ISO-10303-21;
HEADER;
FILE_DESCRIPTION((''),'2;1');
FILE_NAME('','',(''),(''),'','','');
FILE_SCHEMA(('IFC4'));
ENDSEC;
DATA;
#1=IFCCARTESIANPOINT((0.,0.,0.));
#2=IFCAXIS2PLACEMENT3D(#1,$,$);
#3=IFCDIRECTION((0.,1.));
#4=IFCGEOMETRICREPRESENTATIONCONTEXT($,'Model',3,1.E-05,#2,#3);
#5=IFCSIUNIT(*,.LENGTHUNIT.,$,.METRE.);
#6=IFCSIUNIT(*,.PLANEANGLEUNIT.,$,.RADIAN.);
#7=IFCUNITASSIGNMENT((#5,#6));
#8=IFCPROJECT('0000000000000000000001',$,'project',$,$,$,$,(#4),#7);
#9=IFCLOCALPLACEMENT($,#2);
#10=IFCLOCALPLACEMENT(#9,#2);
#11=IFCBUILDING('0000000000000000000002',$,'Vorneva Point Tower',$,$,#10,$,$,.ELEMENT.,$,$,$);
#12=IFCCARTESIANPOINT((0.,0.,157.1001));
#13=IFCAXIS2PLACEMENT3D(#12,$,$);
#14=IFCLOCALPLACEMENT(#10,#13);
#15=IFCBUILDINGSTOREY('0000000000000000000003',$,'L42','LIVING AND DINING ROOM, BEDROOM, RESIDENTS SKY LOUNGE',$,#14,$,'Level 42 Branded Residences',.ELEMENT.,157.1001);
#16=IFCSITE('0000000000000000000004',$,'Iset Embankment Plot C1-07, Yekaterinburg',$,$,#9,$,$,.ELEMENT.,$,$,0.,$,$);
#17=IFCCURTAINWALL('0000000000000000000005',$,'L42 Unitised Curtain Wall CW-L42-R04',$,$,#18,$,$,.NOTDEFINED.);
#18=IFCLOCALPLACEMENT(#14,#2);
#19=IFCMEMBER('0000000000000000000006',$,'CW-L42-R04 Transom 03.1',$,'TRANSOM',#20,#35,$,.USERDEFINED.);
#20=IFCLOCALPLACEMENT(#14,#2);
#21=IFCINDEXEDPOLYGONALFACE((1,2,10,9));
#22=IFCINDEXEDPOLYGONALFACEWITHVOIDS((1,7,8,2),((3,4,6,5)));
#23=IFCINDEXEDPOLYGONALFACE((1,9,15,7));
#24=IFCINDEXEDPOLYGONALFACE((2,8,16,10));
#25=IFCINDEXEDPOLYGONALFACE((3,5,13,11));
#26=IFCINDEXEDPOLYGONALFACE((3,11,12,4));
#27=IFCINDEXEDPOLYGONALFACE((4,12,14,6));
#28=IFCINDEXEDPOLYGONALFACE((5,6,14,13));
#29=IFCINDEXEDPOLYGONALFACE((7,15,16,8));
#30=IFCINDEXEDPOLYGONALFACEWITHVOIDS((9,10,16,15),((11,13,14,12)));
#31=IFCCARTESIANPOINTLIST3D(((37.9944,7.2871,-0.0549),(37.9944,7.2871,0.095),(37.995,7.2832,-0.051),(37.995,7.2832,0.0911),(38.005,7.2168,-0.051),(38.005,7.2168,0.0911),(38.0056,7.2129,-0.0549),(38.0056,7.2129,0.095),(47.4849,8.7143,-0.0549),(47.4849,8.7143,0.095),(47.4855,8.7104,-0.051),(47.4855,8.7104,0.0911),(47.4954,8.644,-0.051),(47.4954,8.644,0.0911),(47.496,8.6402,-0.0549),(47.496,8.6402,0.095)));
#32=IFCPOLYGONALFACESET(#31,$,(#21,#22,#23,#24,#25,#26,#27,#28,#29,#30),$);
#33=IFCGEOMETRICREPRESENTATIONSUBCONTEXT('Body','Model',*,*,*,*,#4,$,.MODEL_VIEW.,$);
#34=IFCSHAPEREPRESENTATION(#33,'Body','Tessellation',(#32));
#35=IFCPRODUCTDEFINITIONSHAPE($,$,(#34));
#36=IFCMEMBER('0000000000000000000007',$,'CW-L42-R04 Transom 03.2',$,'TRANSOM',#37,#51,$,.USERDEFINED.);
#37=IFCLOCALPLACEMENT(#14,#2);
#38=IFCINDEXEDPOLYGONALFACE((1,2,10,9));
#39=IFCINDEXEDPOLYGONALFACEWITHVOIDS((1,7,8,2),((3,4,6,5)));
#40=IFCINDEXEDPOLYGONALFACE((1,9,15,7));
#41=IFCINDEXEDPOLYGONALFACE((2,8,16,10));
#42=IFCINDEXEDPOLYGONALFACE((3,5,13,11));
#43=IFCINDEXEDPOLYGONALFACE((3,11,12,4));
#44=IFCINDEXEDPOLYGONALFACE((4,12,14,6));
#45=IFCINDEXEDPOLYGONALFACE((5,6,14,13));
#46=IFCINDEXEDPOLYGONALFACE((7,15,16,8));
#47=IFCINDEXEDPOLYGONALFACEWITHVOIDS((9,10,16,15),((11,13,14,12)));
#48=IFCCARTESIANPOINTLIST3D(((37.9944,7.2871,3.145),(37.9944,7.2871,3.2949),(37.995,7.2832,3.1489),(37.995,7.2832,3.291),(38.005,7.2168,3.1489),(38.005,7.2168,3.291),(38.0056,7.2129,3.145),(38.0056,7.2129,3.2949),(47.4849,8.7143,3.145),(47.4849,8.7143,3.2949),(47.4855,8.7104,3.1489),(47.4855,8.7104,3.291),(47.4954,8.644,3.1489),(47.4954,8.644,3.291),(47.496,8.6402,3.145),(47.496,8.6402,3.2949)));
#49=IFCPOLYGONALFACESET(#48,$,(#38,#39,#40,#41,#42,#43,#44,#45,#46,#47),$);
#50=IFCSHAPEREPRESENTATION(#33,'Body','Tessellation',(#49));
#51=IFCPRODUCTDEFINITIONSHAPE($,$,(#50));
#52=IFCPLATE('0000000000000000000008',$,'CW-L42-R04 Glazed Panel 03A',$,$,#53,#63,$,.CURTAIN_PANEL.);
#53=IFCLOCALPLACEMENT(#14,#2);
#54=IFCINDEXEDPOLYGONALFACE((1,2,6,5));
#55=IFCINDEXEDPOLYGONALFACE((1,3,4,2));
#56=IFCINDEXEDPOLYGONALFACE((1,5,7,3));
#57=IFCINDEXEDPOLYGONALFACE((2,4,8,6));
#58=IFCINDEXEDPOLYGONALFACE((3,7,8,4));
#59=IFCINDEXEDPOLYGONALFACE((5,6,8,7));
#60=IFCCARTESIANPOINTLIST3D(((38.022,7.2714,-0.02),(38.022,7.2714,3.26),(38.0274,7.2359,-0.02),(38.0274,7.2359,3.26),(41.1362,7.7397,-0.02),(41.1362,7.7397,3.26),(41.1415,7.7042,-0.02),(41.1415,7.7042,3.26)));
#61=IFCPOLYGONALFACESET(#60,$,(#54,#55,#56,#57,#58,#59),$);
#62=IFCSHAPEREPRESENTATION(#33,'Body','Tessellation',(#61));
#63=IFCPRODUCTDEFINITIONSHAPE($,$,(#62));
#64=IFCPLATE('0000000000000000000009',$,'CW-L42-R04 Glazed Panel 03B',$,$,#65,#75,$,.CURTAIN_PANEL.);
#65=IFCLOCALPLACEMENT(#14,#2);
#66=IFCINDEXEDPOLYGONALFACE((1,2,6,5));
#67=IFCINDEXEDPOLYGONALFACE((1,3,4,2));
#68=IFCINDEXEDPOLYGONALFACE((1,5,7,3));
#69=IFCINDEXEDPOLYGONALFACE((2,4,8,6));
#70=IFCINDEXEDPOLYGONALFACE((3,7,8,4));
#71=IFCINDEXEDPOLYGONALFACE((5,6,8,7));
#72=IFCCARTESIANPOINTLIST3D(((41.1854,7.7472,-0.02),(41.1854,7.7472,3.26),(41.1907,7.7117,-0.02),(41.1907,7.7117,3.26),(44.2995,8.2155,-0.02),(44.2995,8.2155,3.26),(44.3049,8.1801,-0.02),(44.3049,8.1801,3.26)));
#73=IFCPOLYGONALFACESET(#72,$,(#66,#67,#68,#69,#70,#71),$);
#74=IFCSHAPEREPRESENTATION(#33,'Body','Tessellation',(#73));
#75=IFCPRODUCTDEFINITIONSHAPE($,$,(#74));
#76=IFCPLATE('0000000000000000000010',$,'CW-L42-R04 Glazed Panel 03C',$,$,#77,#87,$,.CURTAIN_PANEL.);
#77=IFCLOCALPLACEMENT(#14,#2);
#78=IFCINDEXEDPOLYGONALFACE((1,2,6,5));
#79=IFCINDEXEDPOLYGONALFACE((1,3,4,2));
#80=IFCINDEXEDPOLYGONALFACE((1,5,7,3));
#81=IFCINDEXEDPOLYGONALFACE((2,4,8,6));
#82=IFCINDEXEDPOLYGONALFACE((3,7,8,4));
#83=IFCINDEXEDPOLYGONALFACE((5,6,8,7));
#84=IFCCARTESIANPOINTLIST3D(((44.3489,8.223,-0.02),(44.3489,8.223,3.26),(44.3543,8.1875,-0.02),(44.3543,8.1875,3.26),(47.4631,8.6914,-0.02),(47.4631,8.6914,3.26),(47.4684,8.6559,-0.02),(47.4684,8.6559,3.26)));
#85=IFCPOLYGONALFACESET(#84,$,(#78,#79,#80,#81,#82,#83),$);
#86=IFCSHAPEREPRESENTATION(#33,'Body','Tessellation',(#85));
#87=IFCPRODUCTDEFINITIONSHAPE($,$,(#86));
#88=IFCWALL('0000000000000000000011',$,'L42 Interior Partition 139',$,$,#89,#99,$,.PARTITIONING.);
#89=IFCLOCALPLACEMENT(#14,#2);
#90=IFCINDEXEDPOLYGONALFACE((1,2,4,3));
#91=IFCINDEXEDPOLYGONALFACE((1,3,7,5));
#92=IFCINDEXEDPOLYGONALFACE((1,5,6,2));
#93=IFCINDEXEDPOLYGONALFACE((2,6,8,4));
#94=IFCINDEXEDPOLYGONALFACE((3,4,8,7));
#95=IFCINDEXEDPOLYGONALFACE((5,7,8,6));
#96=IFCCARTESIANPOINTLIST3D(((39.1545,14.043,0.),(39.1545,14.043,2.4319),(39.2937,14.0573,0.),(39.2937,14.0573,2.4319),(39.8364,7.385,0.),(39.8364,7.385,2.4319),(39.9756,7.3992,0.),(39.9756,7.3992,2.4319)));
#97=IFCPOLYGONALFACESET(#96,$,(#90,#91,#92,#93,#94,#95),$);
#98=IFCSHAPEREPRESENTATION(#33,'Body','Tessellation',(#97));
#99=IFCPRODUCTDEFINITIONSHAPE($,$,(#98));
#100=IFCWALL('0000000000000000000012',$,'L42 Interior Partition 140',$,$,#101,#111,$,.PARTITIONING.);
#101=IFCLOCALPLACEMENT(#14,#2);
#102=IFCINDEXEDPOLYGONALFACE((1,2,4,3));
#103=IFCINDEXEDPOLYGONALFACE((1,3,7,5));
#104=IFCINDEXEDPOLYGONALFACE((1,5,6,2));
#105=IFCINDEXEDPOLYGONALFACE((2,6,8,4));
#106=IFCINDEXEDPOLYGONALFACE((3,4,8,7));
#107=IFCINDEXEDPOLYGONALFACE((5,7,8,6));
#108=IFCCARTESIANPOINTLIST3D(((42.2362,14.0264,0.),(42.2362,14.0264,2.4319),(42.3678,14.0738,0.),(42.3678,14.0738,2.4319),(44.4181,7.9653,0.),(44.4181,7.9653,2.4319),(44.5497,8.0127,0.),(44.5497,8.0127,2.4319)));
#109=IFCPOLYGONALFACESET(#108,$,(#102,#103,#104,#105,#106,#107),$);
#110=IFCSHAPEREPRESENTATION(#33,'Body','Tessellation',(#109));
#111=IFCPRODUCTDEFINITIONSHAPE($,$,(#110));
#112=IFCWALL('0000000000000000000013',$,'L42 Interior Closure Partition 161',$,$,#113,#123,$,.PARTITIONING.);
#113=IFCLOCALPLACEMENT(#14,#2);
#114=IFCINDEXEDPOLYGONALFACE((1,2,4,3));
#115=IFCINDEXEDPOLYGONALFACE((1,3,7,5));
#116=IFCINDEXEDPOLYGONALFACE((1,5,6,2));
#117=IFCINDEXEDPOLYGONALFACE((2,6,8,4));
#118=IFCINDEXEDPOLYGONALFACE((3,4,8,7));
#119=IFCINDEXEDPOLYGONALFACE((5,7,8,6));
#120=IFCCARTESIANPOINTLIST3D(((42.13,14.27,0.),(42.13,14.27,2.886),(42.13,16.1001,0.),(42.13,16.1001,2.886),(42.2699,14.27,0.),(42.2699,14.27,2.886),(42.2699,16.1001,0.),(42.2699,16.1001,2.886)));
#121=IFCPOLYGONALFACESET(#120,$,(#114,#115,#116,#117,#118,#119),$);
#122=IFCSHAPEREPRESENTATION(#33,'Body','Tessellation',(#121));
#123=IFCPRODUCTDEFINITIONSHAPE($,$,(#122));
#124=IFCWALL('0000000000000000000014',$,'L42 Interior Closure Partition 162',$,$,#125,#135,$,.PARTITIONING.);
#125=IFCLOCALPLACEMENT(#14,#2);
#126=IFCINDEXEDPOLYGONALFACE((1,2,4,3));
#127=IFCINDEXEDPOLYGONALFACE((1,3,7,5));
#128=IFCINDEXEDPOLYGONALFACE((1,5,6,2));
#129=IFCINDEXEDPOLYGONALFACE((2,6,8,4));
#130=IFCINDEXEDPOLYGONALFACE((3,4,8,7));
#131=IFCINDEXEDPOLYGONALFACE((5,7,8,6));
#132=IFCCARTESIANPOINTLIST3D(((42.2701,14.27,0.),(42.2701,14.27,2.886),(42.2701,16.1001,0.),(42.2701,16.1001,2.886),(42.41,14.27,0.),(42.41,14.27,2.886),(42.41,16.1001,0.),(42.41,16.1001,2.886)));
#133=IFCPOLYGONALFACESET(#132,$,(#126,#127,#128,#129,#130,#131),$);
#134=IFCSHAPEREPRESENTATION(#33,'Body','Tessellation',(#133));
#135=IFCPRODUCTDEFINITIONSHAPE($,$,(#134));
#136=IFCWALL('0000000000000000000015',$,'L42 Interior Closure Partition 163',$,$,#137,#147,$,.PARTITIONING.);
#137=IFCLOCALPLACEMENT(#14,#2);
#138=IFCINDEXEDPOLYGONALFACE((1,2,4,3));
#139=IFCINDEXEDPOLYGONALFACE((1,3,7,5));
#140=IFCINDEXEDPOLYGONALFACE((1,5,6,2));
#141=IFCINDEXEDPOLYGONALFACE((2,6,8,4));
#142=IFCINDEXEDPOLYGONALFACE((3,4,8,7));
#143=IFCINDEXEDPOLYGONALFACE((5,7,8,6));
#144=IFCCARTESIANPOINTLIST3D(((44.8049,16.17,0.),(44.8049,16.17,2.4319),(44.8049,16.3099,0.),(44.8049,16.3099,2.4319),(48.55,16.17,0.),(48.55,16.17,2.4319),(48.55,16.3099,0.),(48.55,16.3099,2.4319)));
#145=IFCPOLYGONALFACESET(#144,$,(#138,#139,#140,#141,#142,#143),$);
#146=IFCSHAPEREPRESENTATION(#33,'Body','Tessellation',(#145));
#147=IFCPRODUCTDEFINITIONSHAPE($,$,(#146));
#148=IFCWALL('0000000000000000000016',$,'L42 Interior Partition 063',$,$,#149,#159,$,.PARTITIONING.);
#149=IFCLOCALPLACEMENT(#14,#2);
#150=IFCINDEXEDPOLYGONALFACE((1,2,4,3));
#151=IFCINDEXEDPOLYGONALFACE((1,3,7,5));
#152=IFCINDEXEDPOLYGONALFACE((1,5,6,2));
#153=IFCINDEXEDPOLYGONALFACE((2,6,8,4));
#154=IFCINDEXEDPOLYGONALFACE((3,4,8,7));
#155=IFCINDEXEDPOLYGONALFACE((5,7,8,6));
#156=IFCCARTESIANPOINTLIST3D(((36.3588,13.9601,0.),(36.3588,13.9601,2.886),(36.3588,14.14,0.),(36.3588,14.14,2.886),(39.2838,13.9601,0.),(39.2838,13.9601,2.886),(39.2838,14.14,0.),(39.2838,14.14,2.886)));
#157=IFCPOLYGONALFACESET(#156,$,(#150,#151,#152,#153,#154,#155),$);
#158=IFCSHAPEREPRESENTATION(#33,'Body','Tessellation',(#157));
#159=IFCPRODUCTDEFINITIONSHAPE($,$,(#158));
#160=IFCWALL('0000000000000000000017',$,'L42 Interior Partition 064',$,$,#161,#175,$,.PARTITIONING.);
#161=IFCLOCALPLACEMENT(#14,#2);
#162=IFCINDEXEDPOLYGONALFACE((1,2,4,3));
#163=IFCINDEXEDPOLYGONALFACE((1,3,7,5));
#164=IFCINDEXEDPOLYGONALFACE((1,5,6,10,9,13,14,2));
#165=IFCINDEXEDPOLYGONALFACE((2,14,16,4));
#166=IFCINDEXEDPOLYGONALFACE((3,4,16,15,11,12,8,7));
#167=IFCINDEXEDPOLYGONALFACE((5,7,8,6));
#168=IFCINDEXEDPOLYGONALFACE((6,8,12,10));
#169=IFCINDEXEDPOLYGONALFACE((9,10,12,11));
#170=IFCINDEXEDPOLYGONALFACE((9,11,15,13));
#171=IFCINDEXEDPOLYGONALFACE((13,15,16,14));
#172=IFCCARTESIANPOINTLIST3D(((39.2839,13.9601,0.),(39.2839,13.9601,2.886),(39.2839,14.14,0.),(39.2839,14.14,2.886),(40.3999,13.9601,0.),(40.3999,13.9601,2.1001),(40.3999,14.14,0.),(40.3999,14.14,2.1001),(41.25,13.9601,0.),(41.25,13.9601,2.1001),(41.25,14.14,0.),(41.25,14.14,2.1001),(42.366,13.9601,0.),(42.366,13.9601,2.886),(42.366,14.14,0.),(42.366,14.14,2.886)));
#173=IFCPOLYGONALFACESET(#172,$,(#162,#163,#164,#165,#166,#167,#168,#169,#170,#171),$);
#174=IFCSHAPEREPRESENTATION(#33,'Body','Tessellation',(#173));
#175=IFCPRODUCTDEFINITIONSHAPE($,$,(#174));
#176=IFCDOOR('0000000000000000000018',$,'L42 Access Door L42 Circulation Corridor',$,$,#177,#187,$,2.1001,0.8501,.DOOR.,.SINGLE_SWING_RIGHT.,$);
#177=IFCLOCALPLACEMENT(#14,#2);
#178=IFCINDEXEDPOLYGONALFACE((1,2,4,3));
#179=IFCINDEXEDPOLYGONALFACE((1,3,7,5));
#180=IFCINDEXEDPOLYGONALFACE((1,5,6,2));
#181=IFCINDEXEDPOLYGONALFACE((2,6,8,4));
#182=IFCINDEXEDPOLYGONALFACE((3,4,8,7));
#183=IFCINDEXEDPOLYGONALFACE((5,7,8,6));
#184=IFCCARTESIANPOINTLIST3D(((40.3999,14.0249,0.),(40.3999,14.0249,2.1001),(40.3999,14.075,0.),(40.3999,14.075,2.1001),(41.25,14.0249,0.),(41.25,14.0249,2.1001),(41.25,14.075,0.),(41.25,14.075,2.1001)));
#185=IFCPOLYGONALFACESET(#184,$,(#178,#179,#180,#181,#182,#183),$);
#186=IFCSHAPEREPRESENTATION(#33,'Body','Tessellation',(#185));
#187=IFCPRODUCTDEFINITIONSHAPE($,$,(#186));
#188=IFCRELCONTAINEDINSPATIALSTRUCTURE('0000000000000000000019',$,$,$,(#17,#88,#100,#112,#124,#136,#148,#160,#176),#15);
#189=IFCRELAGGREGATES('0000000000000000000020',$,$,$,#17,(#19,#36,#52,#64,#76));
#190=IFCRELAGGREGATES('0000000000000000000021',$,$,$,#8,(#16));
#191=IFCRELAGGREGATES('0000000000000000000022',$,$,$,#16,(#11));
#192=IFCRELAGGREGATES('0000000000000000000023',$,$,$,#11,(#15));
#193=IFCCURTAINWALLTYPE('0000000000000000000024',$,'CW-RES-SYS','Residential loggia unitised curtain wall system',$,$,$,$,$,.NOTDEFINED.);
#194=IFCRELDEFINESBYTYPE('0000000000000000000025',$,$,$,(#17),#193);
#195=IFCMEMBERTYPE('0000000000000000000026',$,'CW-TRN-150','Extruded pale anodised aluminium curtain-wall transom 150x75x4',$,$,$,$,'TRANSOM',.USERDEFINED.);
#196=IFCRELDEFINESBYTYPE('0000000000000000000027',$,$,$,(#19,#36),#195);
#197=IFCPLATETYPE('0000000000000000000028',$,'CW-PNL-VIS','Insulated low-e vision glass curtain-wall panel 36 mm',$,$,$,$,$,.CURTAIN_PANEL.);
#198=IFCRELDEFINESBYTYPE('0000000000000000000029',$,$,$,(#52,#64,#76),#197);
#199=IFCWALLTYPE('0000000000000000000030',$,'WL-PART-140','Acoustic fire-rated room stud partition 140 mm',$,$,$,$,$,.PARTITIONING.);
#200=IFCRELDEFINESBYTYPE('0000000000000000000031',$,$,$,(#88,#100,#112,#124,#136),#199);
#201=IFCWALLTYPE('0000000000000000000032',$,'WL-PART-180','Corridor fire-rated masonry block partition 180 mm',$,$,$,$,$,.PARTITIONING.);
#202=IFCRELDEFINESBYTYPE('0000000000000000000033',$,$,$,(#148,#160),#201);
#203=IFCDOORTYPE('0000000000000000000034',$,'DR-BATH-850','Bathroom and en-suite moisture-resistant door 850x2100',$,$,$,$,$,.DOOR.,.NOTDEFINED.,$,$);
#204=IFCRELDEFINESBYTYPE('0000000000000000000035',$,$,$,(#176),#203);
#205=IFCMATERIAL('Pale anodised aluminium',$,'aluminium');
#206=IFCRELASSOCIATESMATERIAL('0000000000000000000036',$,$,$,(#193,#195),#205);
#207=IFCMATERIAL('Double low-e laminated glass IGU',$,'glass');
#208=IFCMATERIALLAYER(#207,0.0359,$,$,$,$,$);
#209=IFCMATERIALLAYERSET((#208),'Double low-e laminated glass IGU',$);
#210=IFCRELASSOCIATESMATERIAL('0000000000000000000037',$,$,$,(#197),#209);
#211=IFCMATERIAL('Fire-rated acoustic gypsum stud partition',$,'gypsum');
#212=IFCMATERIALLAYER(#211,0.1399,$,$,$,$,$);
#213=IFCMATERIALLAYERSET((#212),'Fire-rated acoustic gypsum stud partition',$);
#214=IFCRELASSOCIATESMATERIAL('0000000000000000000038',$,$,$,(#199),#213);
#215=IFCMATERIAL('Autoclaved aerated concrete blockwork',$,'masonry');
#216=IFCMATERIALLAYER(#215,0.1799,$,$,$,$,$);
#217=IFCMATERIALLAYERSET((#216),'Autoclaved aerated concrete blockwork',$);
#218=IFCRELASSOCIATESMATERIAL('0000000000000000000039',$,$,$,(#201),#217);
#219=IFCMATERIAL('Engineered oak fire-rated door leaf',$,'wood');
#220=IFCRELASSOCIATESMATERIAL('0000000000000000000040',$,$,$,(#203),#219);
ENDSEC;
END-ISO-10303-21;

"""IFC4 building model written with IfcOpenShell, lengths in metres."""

from ifc_helpers import new_model, si_unit, direction, frame, frame_2d, origin, origin_2d, place, context, subcontext, project, spatial, rectangle, hollow_rectangle, extrude, material, layer, layer_set, material_profile, profile_set, type_object, element, fill, aggregate, save


model = new_model("IFC4")

# Units and contexts
model_context = context("Model", 3, precision=1e-05, world=origin(), true_north=direction((0.0, 1.0)))
body_context = subcontext(model_context, "Body", "Model", "MODEL_VIEW")
ifc_project = project(units=[si_unit("LENGTHUNIT", "METRE"), si_unit("PLANEANGLEUNIT", "RADIAN")], contexts=[model_context])

# Site, building, storey
site_placement = place(None, origin())
site = spatial("IfcSite", under=ifc_project, at=site_placement, Name="Iset Embankment Plot C1-07, Yekaterinburg", CompositionType="ELEMENT", RefElevation=0.0)
building_placement = place(site_placement, origin())
building = spatial("IfcBuilding", under=site, at=building_placement, Name="Vorneva Point Tower", CompositionType="ELEMENT")
storey_placement = place(building_placement, frame((0.0, 0.0, 157.1001)))
storey = spatial("IfcBuildingStorey", under=building, at=storey_placement, Name="L42", Description="LIVING AND DINING ROOM, BEDROOM, RESIDENTS SKY LOUNGE", LongName="Level 42 Branded Residences", CompositionType="ELEMENT", Elevation=157.1001)

# Curtain wall, members, plates
ifc_material_1 = material(Name="Pale anodised aluminium", Category="aluminium")
curtain_wall_type = type_object("IfcCurtainWallType", Name="CW-RES-SYS", Description="Residential loggia unitised curtain wall system", PredefinedType="NOTDEFINED", material=ifc_material_1)
curtain_wall_placement = place(storey_placement, origin())
curtain_wall = element("IfcCurtainWall", 1, at=curtain_wall_placement, inside=storey, type_object=curtain_wall_type, Name="L42 Unitised Curtain Wall CW-L42-R04", PredefinedType="NOTDEFINED")
ifc_material_profile_1 = material_profile(ifc_material_1, hollow_rectangle(XDim=0.075, YDim=0.1499, WallThickness=0.0039, at=origin_2d()), Name="AL-TRN 150x75x4")
ifc_profile_set_1 = profile_set([ifc_material_profile_1], Name="Pale anodised aluminium")
member_type_1 = type_object("IfcMemberType", Name="CW-TRN-150", Description="Extruded pale anodised aluminium curtain-wall transom 150x75x4", ElementType="TRANSOM", PredefinedType="USERDEFINED", material=ifc_profile_set_1)
member_1_placement = place(storey_placement, frame((38.0, 7.25, 0.02), z_axis=(0.98888, 0.148715, 0.0), x_axis=(-0.148715, 0.98888, 0.0)))
member_1 = element("IfcMember", 2, at=member_1_placement, type_object=member_type_1, Name="CW-L42-R04 Transom 03.1", ObjectType="TRANSOM", PredefinedType="USERDEFINED", context=body_context, shape_type="SweptSolid", body=[
    extrude(hollow_rectangle(XDim=0.075, YDim=0.1499, WallThickness=0.0039, at=origin_2d()), origin(), (0.0, 0.0, 1.0), 9.5972),
])
member_2_placement = place(storey_placement, frame((38.0, 7.25, 3.22), z_axis=(0.98888, 0.148715, 0.0), x_axis=(-0.148715, 0.98888, 0.0)))
member_2 = element("IfcMember", 3, at=member_2_placement, type_object=member_type_1, Name="CW-L42-R04 Transom 03.2", ObjectType="TRANSOM", PredefinedType="USERDEFINED", context=body_context, shape_type="SweptSolid", body=[
    extrude(hollow_rectangle(XDim=0.075, YDim=0.1499, WallThickness=0.0039, at=origin_2d()), origin(), (0.0, 0.0, 1.0), 9.5972),
])
ifc_material_2 = material(Name="Double low-e laminated glass IGU", Category="glass")
ifc_layer_1 = layer(ifc_material_2, 0.0359)
ifc_layer_set_1 = layer_set([ifc_layer_1], Name="Double low-e laminated glass IGU")
plate_type = type_object("IfcPlateType", Name="CW-PNL-VIS", Description="Insulated low-e vision glass curtain-wall panel 36 mm", PredefinedType="CURTAIN_PANEL", material=ifc_layer_set_1)
plate_1_placement = place(storey_placement, frame((39.5818, 7.4878, -0.02), z_axis=(0.0, 0.0, 1.0), x_axis=(0.988879, 0.148724, 0.0)))
plate_1 = element("IfcPlate", 4, at=plate_1_placement, type_object=plate_type, Name="CW-L42-R04 Glazed Panel 03A", PredefinedType="CURTAIN_PANEL", context=body_context, shape_type="SweptSolid", body=[
    extrude(rectangle(XDim=3.1492, YDim=0.0359, at=origin_2d()), origin(), (0.0, 0.0, 1.0), 3.28),
])
plate_2_placement = place(storey_placement, frame((42.7451, 7.9636, -0.02), z_axis=(0.0, 0.0, 1.0), x_axis=(0.988879, 0.148724, 0.0)))
plate_2 = element("IfcPlate", 5, at=plate_2_placement, type_object=plate_type, Name="CW-L42-R04 Glazed Panel 03B", PredefinedType="CURTAIN_PANEL", context=body_context, shape_type="SweptSolid", body=[
    extrude(rectangle(XDim=3.1492, YDim=0.0359, at=origin_2d()), origin(), (0.0, 0.0, 1.0), 3.28),
])
plate_3_placement = place(storey_placement, frame((45.9087, 8.4395, -0.02), z_axis=(0.0, 0.0, 1.0), x_axis=(0.988879, 0.148724, 0.0)))
plate_3 = element("IfcPlate", 6, at=plate_3_placement, type_object=plate_type, Name="CW-L42-R04 Glazed Panel 03C", PredefinedType="CURTAIN_PANEL", context=body_context, shape_type="SweptSolid", body=[
    extrude(rectangle(XDim=3.1492, YDim=0.0359, at=origin_2d()), origin(), (0.0, 0.0, 1.0), 3.28),
])
aggregate(curtain_wall, [member_1, member_2, plate_1, plate_2, plate_3])

# Walls
ifc_material_3 = material(Name="Fire-rated acoustic gypsum stud partition", Category="gypsum")
ifc_layer_2 = layer(ifc_material_3, 0.1399)
ifc_layer_set_2 = layer_set([ifc_layer_2], Name="Fire-rated acoustic gypsum stud partition")
wall_type_1 = type_object("IfcWallType", Name="WL-PART-140", Description="Acoustic fire-rated room stud partition 140 mm", PredefinedType="PARTITIONING", material=ifc_layer_set_2)
wall_1_placement = place(storey_placement, frame((39.906, 7.3921, 0.0), z_axis=(0.0, 0.0, 1.0), x_axis=(-0.101884, 0.994796, 0.0)))
element("IfcWall", 7, at=wall_1_placement, inside=storey, type_object=wall_type_1, Name="L42 Interior Partition 139", PredefinedType="PARTITIONING", context=body_context, shape_type="SweptSolid", body=[
    extrude(rectangle(XDim=6.6929, YDim=0.1399, at=frame_2d((3.3464, 0.0))), origin(), (0.0, 0.0, 1.0), 2.4319),
])
wall_2_placement = place(storey_placement, frame((44.4839, 7.989, 0.0), z_axis=(0.0, 0.0, 1.0), x_axis=(-0.338707, 0.940892, 0.0)))
element("IfcWall", 8, at=wall_2_placement, inside=storey, type_object=wall_type_1, Name="L42 Interior Partition 140", PredefinedType="PARTITIONING", context=body_context, shape_type="SweptSolid", body=[
    extrude(rectangle(XDim=6.4419, YDim=0.1399, at=frame_2d((3.2209, 0.0))), origin(), (0.0, 0.0, 1.0), 2.4319),
])
for number, where, z_axis, x_axis, name in (
    (9, (42.2, 16.1001, 0.0), (0.0, 0.0, 1.0), (0.0, -1.0, 0.0), "L42 Interior Closure Partition 161"),
    (10, (42.3401, 14.27, 0.0), (0.0, 0.0, 1.0), (0.0, 1.0, 0.0), "L42 Interior Closure Partition 162"),
):
    element("IfcWall", number, at=place(storey_placement, frame(where, z_axis=z_axis, x_axis=x_axis)), inside=storey, type_object=wall_type_1, Name=name, PredefinedType="PARTITIONING", context=body_context, shape_type="SweptSolid", body=[
        extrude(rectangle(XDim=1.8301, YDim=0.1399, at=frame_2d((0.915, 0.0))), origin(), (0.0, 0.0, 1.0), 2.886),
    ])
wall_3_placement = place(storey_placement, frame((44.8049, 16.24, 0.0), z_axis=(0.0, 0.0, 1.0), x_axis=(1.0, 0.0, 0.0)))
element("IfcWall", 11, at=wall_3_placement, inside=storey, type_object=wall_type_1, Name="L42 Interior Closure Partition 163", PredefinedType="PARTITIONING", context=body_context, shape_type="SweptSolid", body=[
    extrude(rectangle(XDim=3.7451, YDim=0.1399, at=frame_2d((1.8726, 0.0))), origin(), (0.0, 0.0, 1.0), 2.4319),
])

# Shared definitions
ifc_material_4 = material(Name="Autoclaved aerated concrete blockwork", Category="masonry")
ifc_layer_3 = layer(ifc_material_4, 0.1799)
ifc_layer_set_3 = layer_set([ifc_layer_3], Name="Autoclaved aerated concrete blockwork")
wall_type_2 = type_object("IfcWallType", Name="WL-PART-180", Description="Corridor fire-rated masonry block partition 180 mm", PredefinedType="PARTITIONING", material=ifc_layer_set_3)

# Wall
wall_4_placement = place(storey_placement, frame((36.3589, 14.05, 0.0), z_axis=(0.0, 0.0, 1.0), x_axis=(1.0, 0.0, 0.0)))
element("IfcWall", 12, at=wall_4_placement, inside=storey, type_object=wall_type_2, Name="L42 Interior Partition 063", PredefinedType="PARTITIONING", context=body_context, shape_type="SweptSolid", body=[
    extrude(rectangle(XDim=2.925, YDim=0.1799, at=frame_2d((1.4624, 0.0))), origin(), (0.0, 0.0, 1.0), 2.886),
])

# Wall, opening, door
wall_5_placement = place(storey_placement, frame((39.2839, 14.05, 0.0), z_axis=(0.0, 0.0, 1.0), x_axis=(1.0, 0.0, 0.0)))
wall_5 = element("IfcWall", 13, at=wall_5_placement, inside=storey, type_object=wall_type_2, Name="L42 Interior Partition 064", PredefinedType="PARTITIONING", context=body_context, shape_type="SweptSolid", body=[
    extrude(rectangle(XDim=3.082, YDim=0.1799, at=frame_2d((1.541, 0.0))), origin(), (0.0, 0.0, 1.0), 2.886),
])
opening_1_placement = place(wall_5_placement, frame((1.116, 0.0, 0.0)))
opening_1 = element("IfcOpeningElement", 14, at=opening_1_placement, cuts=wall_5, PredefinedType="OPENING", context=body_context, shape_type="SweptSolid", body=[
    extrude(rectangle(XDim=0.8501, YDim=2.1001, at=frame_2d((0.425, 1.05))), frame((0.0, 0.105, 0.0), z_axis=(0.0, -1.0, 0.0), x_axis=(1.0, 0.0, 0.0)), (0.0, 0.0, 1.0), 0.2097),
])
ifc_material_5 = material(Name="Engineered oak fire-rated door leaf", Category="wood")
door_type_1 = type_object("IfcDoorType", Name="DR-BATH-850", Description="Bathroom and en-suite moisture-resistant door 850x2100", OperationType="NOTDEFINED", PredefinedType="DOOR", material=ifc_material_5)
door_1_placement = place(opening_1_placement, origin())
door_1 = element("IfcDoor", 15, at=door_1_placement, inside=storey, type_object=door_type_1, Name="L42 Access Door L42 Circulation Corridor", OperationType="SINGLE_SWING_RIGHT", OverallHeight=2.1001, OverallWidth=0.8501, PredefinedType="DOOR", context=body_context, shape_type="SweptSolid", body=[
    extrude(rectangle(XDim=0.8501, YDim=2.1001, at=frame_2d((0.425, 1.05))), frame((0.0, 0.0249, 0.0), z_axis=(0.0, -1.0, 0.0), x_axis=(1.0, 0.0, 0.0)), (0.0, 0.0, 1.0), 0.05),
])
fill(opening_1, door_1)

save(model, "model.ifc")
